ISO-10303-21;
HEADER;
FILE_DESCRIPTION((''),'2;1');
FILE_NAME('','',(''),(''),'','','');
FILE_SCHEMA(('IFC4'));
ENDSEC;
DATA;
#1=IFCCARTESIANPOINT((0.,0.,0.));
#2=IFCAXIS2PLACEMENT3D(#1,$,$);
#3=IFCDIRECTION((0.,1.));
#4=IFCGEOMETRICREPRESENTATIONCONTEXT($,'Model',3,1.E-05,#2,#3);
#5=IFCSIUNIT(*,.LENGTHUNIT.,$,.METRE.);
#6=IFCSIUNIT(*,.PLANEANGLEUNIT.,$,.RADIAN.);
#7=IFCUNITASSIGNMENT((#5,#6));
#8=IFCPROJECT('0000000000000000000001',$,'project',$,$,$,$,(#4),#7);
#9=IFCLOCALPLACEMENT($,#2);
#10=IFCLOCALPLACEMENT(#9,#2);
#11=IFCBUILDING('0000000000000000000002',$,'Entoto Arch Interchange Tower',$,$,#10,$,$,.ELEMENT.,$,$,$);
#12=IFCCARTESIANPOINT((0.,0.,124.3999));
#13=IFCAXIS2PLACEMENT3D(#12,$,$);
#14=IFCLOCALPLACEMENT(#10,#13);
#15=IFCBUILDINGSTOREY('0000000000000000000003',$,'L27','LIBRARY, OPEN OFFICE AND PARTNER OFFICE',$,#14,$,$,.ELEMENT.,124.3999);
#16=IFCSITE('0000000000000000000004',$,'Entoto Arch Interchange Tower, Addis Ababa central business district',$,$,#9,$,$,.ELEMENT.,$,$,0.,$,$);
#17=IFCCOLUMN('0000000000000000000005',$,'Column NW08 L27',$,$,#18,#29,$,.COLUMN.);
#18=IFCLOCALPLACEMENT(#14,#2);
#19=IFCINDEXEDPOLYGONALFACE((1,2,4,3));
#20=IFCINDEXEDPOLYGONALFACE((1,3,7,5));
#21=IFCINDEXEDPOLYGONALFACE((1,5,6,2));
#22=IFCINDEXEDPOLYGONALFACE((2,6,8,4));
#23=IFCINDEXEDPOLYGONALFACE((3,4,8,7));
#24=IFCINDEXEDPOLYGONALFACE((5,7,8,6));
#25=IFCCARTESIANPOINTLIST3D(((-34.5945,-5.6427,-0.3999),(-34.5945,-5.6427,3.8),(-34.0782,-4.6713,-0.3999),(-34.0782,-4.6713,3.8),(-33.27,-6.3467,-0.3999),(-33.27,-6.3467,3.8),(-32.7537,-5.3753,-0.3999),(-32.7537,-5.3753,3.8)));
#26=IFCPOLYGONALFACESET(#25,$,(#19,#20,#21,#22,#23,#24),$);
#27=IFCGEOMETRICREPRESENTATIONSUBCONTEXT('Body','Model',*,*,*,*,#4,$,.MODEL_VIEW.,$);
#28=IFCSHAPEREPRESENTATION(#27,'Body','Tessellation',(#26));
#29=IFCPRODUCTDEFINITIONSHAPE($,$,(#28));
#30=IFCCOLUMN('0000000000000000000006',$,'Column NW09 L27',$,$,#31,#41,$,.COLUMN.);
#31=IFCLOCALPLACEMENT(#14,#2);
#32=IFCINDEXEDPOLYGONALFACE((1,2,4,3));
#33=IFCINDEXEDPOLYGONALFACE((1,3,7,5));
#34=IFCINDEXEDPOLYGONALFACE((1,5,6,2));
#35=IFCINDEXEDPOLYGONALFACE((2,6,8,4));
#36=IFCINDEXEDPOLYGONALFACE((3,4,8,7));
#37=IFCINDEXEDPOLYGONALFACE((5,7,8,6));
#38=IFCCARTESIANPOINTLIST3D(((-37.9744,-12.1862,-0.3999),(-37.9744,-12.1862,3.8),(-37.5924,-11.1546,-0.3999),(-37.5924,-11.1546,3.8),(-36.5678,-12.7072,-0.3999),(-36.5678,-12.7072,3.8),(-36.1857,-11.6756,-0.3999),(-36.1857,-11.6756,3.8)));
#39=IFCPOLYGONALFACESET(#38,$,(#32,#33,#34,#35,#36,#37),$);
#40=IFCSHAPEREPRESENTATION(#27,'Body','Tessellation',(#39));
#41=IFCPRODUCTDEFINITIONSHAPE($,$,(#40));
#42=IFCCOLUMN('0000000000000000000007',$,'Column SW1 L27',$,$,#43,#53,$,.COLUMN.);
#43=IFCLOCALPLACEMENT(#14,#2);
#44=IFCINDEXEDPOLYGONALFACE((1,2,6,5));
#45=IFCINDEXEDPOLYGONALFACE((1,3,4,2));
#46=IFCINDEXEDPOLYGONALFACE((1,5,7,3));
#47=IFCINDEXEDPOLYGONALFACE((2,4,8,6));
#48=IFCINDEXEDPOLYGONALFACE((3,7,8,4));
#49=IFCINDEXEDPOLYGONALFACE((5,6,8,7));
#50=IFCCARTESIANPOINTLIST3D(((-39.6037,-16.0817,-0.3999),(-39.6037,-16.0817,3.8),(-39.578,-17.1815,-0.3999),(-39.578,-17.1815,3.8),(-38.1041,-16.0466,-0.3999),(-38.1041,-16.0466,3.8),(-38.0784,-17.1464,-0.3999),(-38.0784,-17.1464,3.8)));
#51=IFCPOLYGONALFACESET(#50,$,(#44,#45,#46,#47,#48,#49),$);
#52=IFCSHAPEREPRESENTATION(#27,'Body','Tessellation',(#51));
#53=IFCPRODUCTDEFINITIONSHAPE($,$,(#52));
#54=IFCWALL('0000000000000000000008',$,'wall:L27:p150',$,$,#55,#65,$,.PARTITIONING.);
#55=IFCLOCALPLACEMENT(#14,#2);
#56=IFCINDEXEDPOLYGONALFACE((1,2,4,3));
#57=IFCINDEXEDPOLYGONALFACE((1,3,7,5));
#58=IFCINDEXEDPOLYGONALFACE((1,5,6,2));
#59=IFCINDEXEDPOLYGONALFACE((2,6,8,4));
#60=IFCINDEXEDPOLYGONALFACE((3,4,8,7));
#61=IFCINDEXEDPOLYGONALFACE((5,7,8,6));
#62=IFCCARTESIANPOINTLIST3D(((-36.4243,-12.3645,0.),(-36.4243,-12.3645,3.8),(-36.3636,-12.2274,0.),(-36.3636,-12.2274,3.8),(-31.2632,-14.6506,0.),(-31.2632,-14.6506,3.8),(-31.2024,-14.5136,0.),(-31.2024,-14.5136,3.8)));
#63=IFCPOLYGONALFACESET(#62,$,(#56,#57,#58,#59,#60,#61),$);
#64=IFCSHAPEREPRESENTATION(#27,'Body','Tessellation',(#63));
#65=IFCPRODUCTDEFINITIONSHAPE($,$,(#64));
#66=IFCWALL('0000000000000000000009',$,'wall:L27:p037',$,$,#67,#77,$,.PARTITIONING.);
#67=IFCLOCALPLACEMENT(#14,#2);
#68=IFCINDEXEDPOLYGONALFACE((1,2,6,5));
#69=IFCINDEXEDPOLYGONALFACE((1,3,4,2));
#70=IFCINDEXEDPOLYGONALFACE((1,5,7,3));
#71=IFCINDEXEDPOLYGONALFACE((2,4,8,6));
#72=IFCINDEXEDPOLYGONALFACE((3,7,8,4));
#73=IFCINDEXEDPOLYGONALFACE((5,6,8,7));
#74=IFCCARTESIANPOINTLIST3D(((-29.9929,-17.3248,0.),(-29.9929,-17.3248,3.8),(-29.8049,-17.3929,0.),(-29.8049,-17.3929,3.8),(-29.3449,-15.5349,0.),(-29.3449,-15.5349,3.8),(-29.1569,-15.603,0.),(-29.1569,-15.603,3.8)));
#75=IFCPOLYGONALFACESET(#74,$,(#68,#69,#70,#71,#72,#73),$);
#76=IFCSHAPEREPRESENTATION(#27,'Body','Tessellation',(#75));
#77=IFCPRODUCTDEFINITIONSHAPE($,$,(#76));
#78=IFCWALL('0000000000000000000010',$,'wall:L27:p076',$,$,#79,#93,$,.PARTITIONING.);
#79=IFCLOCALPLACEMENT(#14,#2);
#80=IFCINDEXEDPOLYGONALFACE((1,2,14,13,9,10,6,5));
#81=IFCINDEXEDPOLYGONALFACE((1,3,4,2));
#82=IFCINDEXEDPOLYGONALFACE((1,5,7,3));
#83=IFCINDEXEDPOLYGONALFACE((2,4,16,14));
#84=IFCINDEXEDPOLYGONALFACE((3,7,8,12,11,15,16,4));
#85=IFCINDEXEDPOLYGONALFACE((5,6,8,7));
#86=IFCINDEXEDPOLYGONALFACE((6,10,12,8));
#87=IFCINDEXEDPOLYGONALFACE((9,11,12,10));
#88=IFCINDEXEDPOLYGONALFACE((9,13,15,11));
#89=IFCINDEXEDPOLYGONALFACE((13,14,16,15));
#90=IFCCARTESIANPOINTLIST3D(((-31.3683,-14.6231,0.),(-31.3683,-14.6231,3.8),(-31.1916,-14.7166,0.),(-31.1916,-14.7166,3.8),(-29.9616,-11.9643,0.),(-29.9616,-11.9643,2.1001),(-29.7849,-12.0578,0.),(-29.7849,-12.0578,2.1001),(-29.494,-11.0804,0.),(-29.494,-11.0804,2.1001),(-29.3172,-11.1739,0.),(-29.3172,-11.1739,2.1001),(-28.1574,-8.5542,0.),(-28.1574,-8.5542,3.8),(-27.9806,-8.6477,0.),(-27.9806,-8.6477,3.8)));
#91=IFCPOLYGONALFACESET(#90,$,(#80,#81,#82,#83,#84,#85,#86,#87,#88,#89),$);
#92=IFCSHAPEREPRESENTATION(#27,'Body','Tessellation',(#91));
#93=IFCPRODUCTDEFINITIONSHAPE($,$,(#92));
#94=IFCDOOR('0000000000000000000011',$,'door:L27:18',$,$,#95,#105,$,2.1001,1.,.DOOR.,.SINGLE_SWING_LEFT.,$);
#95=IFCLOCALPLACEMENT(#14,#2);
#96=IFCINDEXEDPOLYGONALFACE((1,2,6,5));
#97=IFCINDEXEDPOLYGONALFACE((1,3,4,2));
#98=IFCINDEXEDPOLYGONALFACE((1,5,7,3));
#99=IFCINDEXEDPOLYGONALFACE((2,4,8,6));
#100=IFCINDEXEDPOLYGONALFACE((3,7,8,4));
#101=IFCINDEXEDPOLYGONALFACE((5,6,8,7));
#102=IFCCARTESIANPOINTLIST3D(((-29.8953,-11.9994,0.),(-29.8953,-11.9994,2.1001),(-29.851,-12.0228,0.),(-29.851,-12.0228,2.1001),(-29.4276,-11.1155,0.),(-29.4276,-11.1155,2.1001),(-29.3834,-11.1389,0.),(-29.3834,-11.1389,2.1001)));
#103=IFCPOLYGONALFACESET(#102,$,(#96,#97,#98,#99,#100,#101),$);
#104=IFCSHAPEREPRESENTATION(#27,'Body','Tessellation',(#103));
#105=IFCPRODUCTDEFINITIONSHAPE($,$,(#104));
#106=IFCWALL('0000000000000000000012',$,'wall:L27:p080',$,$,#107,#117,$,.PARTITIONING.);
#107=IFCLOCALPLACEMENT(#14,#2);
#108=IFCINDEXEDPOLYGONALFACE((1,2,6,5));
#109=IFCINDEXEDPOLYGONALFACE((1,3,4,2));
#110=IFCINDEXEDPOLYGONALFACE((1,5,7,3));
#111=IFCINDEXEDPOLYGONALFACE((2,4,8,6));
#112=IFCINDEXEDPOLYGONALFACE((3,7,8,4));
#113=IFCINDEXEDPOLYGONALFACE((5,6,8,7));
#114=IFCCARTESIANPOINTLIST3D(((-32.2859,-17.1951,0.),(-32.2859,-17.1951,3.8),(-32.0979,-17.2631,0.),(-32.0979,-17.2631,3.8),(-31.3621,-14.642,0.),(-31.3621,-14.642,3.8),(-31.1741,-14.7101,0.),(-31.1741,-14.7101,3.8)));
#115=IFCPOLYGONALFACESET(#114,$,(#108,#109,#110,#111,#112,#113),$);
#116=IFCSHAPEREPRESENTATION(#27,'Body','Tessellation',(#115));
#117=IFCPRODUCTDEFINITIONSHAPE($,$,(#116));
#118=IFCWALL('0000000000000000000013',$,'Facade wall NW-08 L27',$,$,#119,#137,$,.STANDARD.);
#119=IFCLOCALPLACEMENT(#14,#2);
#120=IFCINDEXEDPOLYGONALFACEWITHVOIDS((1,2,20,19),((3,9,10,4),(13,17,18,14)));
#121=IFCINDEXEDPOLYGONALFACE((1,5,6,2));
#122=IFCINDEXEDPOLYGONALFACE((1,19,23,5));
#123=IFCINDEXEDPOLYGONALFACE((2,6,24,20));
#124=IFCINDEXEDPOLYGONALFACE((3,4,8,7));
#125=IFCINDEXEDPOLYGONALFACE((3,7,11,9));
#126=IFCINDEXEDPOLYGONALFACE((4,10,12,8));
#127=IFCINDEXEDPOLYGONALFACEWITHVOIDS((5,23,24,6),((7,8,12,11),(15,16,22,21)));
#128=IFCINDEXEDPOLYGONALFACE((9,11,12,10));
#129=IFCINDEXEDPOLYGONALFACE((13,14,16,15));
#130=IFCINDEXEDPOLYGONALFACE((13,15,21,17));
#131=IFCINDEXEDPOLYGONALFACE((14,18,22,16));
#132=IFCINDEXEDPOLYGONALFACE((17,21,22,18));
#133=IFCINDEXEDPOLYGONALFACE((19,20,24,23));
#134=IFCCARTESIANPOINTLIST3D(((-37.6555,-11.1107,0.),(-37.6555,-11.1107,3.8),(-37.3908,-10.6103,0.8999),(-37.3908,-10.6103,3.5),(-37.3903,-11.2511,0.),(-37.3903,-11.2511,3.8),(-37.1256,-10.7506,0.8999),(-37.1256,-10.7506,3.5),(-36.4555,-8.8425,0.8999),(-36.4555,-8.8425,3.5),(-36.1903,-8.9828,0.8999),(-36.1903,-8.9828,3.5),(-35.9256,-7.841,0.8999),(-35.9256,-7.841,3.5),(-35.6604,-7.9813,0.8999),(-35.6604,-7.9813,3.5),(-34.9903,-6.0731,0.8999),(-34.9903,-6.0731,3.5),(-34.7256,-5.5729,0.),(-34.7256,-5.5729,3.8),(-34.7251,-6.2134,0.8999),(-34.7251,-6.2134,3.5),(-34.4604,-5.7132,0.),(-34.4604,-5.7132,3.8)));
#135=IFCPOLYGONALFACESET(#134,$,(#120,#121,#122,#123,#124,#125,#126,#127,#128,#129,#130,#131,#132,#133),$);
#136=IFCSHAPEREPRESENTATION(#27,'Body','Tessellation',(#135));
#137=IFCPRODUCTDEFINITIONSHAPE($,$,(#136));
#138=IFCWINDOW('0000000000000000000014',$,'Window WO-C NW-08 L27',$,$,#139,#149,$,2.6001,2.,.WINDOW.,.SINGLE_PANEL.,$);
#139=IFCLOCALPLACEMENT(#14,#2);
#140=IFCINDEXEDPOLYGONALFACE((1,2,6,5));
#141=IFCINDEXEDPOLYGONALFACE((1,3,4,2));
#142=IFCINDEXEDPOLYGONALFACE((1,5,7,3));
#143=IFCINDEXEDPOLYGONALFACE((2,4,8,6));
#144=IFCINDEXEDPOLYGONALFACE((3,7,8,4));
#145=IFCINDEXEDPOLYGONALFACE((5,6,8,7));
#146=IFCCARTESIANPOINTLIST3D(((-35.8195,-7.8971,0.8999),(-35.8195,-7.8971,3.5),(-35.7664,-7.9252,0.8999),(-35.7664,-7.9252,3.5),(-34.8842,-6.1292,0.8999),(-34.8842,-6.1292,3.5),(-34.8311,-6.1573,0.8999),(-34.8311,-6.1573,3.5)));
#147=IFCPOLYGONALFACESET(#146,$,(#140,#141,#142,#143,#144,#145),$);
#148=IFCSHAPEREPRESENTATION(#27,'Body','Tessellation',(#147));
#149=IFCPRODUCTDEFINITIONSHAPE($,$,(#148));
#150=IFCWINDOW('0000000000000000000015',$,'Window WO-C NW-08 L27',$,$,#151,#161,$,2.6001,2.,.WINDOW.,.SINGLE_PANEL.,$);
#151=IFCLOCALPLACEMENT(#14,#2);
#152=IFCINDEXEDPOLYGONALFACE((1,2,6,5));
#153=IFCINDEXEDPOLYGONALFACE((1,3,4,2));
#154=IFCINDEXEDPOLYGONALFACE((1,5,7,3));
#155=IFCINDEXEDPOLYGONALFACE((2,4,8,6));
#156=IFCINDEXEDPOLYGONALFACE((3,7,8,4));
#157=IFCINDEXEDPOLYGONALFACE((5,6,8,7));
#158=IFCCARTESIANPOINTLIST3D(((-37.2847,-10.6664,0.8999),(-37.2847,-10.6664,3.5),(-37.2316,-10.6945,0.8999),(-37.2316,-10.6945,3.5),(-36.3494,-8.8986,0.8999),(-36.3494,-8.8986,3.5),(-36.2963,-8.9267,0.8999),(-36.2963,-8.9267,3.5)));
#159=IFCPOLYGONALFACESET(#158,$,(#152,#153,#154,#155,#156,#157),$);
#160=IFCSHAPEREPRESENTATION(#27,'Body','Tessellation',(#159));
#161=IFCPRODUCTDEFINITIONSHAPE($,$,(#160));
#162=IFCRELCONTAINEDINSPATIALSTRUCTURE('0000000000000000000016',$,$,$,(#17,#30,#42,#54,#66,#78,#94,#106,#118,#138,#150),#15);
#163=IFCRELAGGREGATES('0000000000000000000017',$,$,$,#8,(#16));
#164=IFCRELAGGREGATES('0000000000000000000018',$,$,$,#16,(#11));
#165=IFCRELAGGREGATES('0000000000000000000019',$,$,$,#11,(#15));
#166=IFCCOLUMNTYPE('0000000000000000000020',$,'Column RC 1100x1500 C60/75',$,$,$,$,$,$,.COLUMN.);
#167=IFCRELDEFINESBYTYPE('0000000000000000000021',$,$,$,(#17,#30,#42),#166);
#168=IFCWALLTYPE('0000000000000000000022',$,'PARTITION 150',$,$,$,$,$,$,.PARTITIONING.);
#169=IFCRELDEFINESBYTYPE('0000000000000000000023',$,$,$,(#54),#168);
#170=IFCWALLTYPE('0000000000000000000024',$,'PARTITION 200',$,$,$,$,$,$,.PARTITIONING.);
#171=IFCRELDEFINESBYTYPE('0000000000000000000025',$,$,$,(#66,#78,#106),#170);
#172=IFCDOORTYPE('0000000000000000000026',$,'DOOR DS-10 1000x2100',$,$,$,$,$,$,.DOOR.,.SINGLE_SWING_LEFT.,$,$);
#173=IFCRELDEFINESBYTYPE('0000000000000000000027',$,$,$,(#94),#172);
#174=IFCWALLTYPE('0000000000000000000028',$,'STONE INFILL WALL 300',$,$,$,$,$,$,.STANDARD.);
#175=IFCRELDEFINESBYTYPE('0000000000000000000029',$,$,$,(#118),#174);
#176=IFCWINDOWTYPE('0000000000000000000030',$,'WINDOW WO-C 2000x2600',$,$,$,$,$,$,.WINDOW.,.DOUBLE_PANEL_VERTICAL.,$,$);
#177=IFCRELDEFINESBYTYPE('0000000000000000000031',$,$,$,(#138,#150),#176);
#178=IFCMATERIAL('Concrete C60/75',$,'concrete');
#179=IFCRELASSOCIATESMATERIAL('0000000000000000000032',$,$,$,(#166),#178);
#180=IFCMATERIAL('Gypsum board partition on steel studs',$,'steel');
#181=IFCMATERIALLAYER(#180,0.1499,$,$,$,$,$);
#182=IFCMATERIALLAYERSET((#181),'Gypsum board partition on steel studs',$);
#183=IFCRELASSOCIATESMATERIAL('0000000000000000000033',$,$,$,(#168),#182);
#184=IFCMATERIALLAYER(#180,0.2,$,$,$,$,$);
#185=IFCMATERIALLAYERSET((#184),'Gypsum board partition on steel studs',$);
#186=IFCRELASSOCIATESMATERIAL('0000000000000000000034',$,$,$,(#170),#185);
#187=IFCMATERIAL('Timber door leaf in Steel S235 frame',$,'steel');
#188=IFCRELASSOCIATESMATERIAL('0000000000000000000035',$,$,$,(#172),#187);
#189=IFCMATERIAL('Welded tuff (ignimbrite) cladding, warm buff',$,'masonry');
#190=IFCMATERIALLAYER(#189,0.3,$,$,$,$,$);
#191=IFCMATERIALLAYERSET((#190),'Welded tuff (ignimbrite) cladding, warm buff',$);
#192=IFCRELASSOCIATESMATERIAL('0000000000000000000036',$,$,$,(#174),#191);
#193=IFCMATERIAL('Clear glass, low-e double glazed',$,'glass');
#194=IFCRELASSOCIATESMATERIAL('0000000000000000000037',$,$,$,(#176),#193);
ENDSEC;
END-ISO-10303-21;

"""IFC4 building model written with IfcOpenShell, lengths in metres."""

from ifc_helpers import new_model, si_unit, direction, frame, frame_2d, origin, origin_2d, place, context, subcontext, project, spatial, rectangle, extrude, material, layer, layer_set, material_profile, profile_set, type_object, element, fill, save


model = new_model("IFC4")

# Units and contexts
model_context = context("Model", 3, precision=1e-05, world=origin(), true_north=direction((0.0, 1.0)))
body_context = subcontext(model_context, "Body", "Model", "MODEL_VIEW")
ifc_project = project(units=[si_unit("LENGTHUNIT", "METRE"), si_unit("PLANEANGLEUNIT", "RADIAN")], contexts=[model_context])

# Site, building, storey
site_placement = place(None, origin())
site = spatial("IfcSite", under=ifc_project, at=site_placement, Name="Entoto Arch Interchange Tower, Addis Ababa central business district", CompositionType="ELEMENT", RefElevation=0.0)
building_placement = place(site_placement, origin())
building = spatial("IfcBuilding", under=site, at=building_placement, Name="Entoto Arch Interchange Tower", CompositionType="ELEMENT")
storey_placement = place(building_placement, frame((0.0, 0.0, 124.3999)))
storey = spatial("IfcBuildingStorey", under=building, at=storey_placement, Name="L27", Description="LIBRARY, OPEN OFFICE AND PARTNER OFFICE", CompositionType="ELEMENT", Elevation=124.3999)

# Columns
ifc_material_1 = material(Name="Concrete C60/75", Category="concrete")
ifc_material_profile = material_profile(ifc_material_1, rectangle(XDim=1.1001, YDim=1.5, at=origin_2d()))
ifc_profile_set = profile_set([ifc_material_profile], Name="Concrete C60/75")
column_type = type_object("IfcColumnType", Name="Column RC 1100x1500 C60/75", PredefinedType="COLUMN", material=ifc_profile_set)
for number, where, z_axis, x_axis, name in (
    (1, (-33.6741, -5.509, -0.3999), (0.0, 0.0, 1.0), (0.469333, 0.883021, 0.0), "Column NW08 L27"),
    (2, (-37.0801, -11.9309, -0.3999), (0.0, 0.0, 1.0), (0.347312, 0.93775, 0.0), "Column NW09 L27"),
    (3, (-38.8411, -16.614, -0.3999), (0.0, 0.0, 1.0), (-0.023385, 0.999727, 0.0), "Column SW1 L27"),
):
    element("IfcColumn", number, at=place(storey_placement, frame(where, z_axis=z_axis, x_axis=x_axis)), inside=storey, type_object=column_type, Name=name, PredefinedType="COLUMN", context=body_context, shape_type="SweptSolid", body=[
        extrude(rectangle(XDim=1.1001, YDim=1.5, at=origin_2d()), origin(), (0.0, 0.0, 1.0), 4.2),
    ])

# Walls
ifc_material_2 = material(Name="Gypsum board partition on steel studs", Category="steel")
ifc_layer_1 = layer(ifc_material_2, 0.1499)
ifc_layer_set_1 = layer_set([ifc_layer_1], Name="Gypsum board partition on steel studs")
wall_type_1 = type_object("IfcWallType", Name="PARTITION 150", PredefinedType="PARTITIONING", material=ifc_layer_set_1)
wall_1_placement = place(storey_placement, frame((-31.2329, -14.582, 0.0), z_axis=(0.0, 0.0, 1.0), x_axis=(-0.914317, 0.404998, 0.0)))
element("IfcWall", 4, at=wall_1_placement, inside=storey, type_object=wall_type_1, Name="wall:L27:p150", PredefinedType="PARTITIONING", context=body_context, shape_type="SweptSolid", body=[
    extrude(rectangle(XDim=5.6448, YDim=0.1499, at=frame_2d((2.8223, 0.0))), origin(), (0.0, 0.0, 1.0), 3.8),
])
ifc_layer_2 = layer(ifc_material_2, 0.2)
ifc_layer_set_2 = layer_set([ifc_layer_2], Name="Gypsum board partition on steel studs")
wall_type_2 = type_object("IfcWallType", Name="PARTITION 200", PredefinedType="PARTITIONING", material=ifc_layer_set_2)
wall_2_placement = place(storey_placement, frame((-29.251, -15.5691, 0.0), z_axis=(0.0, 0.0, 1.0), x_axis=(-0.340404, -0.940279, 0.0)))
element("IfcWall", 5, at=wall_2_placement, inside=storey, type_object=wall_type_2, Name="wall:L27:p037", PredefinedType="PARTITIONING", context=body_context, shape_type="SweptSolid", body=[
    extrude(rectangle(XDim=1.9036, YDim=0.2, at=frame_2d((0.9517, 0.0))), origin(), (0.0, 0.0, 1.0), 3.8),
])

# Wall, opening, door
wall_3_placement = place(storey_placement, frame((-31.28, -14.6699, 0.0), z_axis=(0.0, 0.0, 1.0), x_axis=(0.467662, 0.883907, 0.0)))
wall_3 = element("IfcWall", 6, at=wall_3_placement, inside=storey, type_object=wall_type_2, Name="wall:L27:p076", PredefinedType="PARTITIONING", context=body_context, shape_type="SweptSolid", body=[
    extrude(rectangle(XDim=6.866, YDim=0.2, at=frame_2d((3.4331, 0.0))), origin(), (0.0, 0.0, 1.0), 3.8),
])
opening_1_placement = place(wall_3_placement, frame((3.0081, 0.0, 0.0)))
opening_1 = element("IfcOpeningElement", 7, at=opening_1_placement, cuts=wall_3, PredefinedType="OPENING", context=body_context, shape_type="SweptSolid", body=[
    extrude(rectangle(XDim=1.0, YDim=2.1001, at=frame_2d((0.5, 1.05))), frame((0.0, 0.1099, 0.0), z_axis=(0.0, -1.0, 0.0), x_axis=(1.0, 0.0, 0.0)), (0.0, 0.0, 1.0), 0.22),
])
ifc_material_3 = material(Name="Timber door leaf in Steel S235 frame", Category="steel")
door_type = type_object("IfcDoorType", Name="DOOR DS-10 1000x2100", OperationType="SINGLE_SWING_LEFT", PredefinedType="DOOR", material=ifc_material_3)
door_placement = place(opening_1_placement, origin())
door = element("IfcDoor", 8, at=door_placement, inside=storey, type_object=door_type, Name="door:L27:18", OperationType="SINGLE_SWING_LEFT", OverallHeight=2.1001, OverallWidth=1.0, PredefinedType="DOOR", context=body_context, shape_type="SweptSolid", body=[
    extrude(rectangle(XDim=1.0, YDim=2.1001, at=frame_2d((0.5, 1.05))), frame((0.0, 0.0249, 0.0), z_axis=(0.0, -1.0, 0.0), x_axis=(1.0, 0.0, 0.0)), (0.0, 0.0, 1.0), 0.05),
])
fill(opening_1, door)

# Wall
wall_4_placement = place(storey_placement, frame((-32.1919, -17.229, 0.0), z_axis=(0.0, 0.0, 1.0), x_axis=(0.34027, 0.940328, 0.0)))
element("IfcWall", 9, at=wall_4_placement, inside=storey, type_object=wall_type_2, Name="wall:L27:p080", PredefinedType="PARTITIONING", context=body_context, shape_type="SweptSolid", body=[
    extrude(rectangle(XDim=2.7151, YDim=0.2, at=frame_2d((1.3574, 0.0))), origin(), (0.0, 0.0, 1.0), 3.8),
])

# Wall, openings, windows
ifc_material_4 = material(Name="Welded tuff (ignimbrite) cladding, warm buff", Category="masonry")
ifc_layer_3 = layer(ifc_material_4, 0.3)
ifc_layer_set_3 = layer_set([ifc_layer_3], Name="Welded tuff (ignimbrite) cladding, warm buff")
wall_type_3 = type_object("IfcWallType", Name="STONE INFILL WALL 300", PredefinedType="STANDARD", material=ifc_layer_set_3)
wall_5_placement = place(storey_placement, frame((-34.593, -5.6431, 0.0), z_axis=(0.0, 0.0, 1.0), x_axis=(-0.467655, -0.883911, 0.0)))
wall_5 = element("IfcWall", 10, at=wall_5_placement, inside=storey, type_object=wall_type_3, Name="Facade wall NW-08 L27", PredefinedType="STANDARD", context=body_context, shape_type="SweptSolid", body=[
    extrude(rectangle(XDim=6.2651, YDim=0.3, at=frame_2d((3.1326, 0.0))), origin(), (0.0, 0.0, 1.0), 3.8),
])
opening_2_placement = place(wall_5_placement, frame((0.5659, 0.0, 0.8999)))
opening_2 = element("IfcOpeningElement", 11, at=opening_2_placement, cuts=wall_5, PredefinedType="OPENING", context=body_context, shape_type="SweptSolid", body=[
    extrude(rectangle(XDim=2.0, YDim=2.6001, at=frame_2d((1.0, 1.3))), frame((0.0, 0.1602, 0.0), z_axis=(0.0, -1.0, 0.0), x_axis=(1.0, 0.0, 0.0)), (0.0, 0.0, 1.0), 0.3201),
])
opening_3_placement = place(wall_5_placement, frame((3.699, 0.0, 0.8999)))
opening_3 = element("IfcOpeningElement", 12, at=opening_3_placement, cuts=wall_5, PredefinedType="OPENING", context=body_context, shape_type="SweptSolid", body=[
    extrude(rectangle(XDim=2.0, YDim=2.6001, at=frame_2d((1.0, 1.3))), frame((0.0, 0.1602, 0.0), z_axis=(0.0, -1.0, 0.0), x_axis=(1.0, 0.0, 0.0)), (0.0, 0.0, 1.0), 0.3201),
])
ifc_material_5 = material(Name="Clear glass, low-e double glazed", Category="glass")
window_type_1 = type_object("IfcWindowType", Name="WINDOW WO-C 2000x2600", PartitioningType="DOUBLE_PANEL_VERTICAL", PredefinedType="WINDOW", material=ifc_material_5)
window_1_placement = place(opening_2_placement, origin())
window_1 = element("IfcWindow", 13, at=window_1_placement, inside=storey, type_object=window_type_1, Name="Window WO-C NW-08 L27", OverallHeight=2.6001, OverallWidth=2.0, PartitioningType="SINGLE_PANEL", PredefinedType="WINDOW", context=body_context, shape_type="SweptSolid", body=[
    extrude(rectangle(XDim=2.0, YDim=2.6001, at=frame_2d((1.0, 1.3))), frame((0.0, 0.03, 0.0), z_axis=(0.0, -1.0, 0.0), x_axis=(1.0, 0.0, 0.0)), (0.0, 0.0, 1.0), 0.0601),
])
fill(opening_2, window_1)
window_2_placement = place(opening_3_placement, origin())
window_2 = element("IfcWindow", 14, at=window_2_placement, inside=storey, type_object=window_type_1, Name="Window WO-C NW-08 L27", OverallHeight=2.6001, OverallWidth=2.0, PartitioningType="SINGLE_PANEL", PredefinedType="WINDOW", context=body_context, shape_type="SweptSolid", body=[
    extrude(rectangle(XDim=2.0, YDim=2.6001, at=frame_2d((1.0, 1.3))), frame((0.0, 0.03, 0.0), z_axis=(0.0, -1.0, 0.0), x_axis=(1.0, 0.0, 0.0)), (0.0, 0.0, 1.0), 0.0601),
])
fill(opening_3, window_2)

save(model, "model.ifc")
